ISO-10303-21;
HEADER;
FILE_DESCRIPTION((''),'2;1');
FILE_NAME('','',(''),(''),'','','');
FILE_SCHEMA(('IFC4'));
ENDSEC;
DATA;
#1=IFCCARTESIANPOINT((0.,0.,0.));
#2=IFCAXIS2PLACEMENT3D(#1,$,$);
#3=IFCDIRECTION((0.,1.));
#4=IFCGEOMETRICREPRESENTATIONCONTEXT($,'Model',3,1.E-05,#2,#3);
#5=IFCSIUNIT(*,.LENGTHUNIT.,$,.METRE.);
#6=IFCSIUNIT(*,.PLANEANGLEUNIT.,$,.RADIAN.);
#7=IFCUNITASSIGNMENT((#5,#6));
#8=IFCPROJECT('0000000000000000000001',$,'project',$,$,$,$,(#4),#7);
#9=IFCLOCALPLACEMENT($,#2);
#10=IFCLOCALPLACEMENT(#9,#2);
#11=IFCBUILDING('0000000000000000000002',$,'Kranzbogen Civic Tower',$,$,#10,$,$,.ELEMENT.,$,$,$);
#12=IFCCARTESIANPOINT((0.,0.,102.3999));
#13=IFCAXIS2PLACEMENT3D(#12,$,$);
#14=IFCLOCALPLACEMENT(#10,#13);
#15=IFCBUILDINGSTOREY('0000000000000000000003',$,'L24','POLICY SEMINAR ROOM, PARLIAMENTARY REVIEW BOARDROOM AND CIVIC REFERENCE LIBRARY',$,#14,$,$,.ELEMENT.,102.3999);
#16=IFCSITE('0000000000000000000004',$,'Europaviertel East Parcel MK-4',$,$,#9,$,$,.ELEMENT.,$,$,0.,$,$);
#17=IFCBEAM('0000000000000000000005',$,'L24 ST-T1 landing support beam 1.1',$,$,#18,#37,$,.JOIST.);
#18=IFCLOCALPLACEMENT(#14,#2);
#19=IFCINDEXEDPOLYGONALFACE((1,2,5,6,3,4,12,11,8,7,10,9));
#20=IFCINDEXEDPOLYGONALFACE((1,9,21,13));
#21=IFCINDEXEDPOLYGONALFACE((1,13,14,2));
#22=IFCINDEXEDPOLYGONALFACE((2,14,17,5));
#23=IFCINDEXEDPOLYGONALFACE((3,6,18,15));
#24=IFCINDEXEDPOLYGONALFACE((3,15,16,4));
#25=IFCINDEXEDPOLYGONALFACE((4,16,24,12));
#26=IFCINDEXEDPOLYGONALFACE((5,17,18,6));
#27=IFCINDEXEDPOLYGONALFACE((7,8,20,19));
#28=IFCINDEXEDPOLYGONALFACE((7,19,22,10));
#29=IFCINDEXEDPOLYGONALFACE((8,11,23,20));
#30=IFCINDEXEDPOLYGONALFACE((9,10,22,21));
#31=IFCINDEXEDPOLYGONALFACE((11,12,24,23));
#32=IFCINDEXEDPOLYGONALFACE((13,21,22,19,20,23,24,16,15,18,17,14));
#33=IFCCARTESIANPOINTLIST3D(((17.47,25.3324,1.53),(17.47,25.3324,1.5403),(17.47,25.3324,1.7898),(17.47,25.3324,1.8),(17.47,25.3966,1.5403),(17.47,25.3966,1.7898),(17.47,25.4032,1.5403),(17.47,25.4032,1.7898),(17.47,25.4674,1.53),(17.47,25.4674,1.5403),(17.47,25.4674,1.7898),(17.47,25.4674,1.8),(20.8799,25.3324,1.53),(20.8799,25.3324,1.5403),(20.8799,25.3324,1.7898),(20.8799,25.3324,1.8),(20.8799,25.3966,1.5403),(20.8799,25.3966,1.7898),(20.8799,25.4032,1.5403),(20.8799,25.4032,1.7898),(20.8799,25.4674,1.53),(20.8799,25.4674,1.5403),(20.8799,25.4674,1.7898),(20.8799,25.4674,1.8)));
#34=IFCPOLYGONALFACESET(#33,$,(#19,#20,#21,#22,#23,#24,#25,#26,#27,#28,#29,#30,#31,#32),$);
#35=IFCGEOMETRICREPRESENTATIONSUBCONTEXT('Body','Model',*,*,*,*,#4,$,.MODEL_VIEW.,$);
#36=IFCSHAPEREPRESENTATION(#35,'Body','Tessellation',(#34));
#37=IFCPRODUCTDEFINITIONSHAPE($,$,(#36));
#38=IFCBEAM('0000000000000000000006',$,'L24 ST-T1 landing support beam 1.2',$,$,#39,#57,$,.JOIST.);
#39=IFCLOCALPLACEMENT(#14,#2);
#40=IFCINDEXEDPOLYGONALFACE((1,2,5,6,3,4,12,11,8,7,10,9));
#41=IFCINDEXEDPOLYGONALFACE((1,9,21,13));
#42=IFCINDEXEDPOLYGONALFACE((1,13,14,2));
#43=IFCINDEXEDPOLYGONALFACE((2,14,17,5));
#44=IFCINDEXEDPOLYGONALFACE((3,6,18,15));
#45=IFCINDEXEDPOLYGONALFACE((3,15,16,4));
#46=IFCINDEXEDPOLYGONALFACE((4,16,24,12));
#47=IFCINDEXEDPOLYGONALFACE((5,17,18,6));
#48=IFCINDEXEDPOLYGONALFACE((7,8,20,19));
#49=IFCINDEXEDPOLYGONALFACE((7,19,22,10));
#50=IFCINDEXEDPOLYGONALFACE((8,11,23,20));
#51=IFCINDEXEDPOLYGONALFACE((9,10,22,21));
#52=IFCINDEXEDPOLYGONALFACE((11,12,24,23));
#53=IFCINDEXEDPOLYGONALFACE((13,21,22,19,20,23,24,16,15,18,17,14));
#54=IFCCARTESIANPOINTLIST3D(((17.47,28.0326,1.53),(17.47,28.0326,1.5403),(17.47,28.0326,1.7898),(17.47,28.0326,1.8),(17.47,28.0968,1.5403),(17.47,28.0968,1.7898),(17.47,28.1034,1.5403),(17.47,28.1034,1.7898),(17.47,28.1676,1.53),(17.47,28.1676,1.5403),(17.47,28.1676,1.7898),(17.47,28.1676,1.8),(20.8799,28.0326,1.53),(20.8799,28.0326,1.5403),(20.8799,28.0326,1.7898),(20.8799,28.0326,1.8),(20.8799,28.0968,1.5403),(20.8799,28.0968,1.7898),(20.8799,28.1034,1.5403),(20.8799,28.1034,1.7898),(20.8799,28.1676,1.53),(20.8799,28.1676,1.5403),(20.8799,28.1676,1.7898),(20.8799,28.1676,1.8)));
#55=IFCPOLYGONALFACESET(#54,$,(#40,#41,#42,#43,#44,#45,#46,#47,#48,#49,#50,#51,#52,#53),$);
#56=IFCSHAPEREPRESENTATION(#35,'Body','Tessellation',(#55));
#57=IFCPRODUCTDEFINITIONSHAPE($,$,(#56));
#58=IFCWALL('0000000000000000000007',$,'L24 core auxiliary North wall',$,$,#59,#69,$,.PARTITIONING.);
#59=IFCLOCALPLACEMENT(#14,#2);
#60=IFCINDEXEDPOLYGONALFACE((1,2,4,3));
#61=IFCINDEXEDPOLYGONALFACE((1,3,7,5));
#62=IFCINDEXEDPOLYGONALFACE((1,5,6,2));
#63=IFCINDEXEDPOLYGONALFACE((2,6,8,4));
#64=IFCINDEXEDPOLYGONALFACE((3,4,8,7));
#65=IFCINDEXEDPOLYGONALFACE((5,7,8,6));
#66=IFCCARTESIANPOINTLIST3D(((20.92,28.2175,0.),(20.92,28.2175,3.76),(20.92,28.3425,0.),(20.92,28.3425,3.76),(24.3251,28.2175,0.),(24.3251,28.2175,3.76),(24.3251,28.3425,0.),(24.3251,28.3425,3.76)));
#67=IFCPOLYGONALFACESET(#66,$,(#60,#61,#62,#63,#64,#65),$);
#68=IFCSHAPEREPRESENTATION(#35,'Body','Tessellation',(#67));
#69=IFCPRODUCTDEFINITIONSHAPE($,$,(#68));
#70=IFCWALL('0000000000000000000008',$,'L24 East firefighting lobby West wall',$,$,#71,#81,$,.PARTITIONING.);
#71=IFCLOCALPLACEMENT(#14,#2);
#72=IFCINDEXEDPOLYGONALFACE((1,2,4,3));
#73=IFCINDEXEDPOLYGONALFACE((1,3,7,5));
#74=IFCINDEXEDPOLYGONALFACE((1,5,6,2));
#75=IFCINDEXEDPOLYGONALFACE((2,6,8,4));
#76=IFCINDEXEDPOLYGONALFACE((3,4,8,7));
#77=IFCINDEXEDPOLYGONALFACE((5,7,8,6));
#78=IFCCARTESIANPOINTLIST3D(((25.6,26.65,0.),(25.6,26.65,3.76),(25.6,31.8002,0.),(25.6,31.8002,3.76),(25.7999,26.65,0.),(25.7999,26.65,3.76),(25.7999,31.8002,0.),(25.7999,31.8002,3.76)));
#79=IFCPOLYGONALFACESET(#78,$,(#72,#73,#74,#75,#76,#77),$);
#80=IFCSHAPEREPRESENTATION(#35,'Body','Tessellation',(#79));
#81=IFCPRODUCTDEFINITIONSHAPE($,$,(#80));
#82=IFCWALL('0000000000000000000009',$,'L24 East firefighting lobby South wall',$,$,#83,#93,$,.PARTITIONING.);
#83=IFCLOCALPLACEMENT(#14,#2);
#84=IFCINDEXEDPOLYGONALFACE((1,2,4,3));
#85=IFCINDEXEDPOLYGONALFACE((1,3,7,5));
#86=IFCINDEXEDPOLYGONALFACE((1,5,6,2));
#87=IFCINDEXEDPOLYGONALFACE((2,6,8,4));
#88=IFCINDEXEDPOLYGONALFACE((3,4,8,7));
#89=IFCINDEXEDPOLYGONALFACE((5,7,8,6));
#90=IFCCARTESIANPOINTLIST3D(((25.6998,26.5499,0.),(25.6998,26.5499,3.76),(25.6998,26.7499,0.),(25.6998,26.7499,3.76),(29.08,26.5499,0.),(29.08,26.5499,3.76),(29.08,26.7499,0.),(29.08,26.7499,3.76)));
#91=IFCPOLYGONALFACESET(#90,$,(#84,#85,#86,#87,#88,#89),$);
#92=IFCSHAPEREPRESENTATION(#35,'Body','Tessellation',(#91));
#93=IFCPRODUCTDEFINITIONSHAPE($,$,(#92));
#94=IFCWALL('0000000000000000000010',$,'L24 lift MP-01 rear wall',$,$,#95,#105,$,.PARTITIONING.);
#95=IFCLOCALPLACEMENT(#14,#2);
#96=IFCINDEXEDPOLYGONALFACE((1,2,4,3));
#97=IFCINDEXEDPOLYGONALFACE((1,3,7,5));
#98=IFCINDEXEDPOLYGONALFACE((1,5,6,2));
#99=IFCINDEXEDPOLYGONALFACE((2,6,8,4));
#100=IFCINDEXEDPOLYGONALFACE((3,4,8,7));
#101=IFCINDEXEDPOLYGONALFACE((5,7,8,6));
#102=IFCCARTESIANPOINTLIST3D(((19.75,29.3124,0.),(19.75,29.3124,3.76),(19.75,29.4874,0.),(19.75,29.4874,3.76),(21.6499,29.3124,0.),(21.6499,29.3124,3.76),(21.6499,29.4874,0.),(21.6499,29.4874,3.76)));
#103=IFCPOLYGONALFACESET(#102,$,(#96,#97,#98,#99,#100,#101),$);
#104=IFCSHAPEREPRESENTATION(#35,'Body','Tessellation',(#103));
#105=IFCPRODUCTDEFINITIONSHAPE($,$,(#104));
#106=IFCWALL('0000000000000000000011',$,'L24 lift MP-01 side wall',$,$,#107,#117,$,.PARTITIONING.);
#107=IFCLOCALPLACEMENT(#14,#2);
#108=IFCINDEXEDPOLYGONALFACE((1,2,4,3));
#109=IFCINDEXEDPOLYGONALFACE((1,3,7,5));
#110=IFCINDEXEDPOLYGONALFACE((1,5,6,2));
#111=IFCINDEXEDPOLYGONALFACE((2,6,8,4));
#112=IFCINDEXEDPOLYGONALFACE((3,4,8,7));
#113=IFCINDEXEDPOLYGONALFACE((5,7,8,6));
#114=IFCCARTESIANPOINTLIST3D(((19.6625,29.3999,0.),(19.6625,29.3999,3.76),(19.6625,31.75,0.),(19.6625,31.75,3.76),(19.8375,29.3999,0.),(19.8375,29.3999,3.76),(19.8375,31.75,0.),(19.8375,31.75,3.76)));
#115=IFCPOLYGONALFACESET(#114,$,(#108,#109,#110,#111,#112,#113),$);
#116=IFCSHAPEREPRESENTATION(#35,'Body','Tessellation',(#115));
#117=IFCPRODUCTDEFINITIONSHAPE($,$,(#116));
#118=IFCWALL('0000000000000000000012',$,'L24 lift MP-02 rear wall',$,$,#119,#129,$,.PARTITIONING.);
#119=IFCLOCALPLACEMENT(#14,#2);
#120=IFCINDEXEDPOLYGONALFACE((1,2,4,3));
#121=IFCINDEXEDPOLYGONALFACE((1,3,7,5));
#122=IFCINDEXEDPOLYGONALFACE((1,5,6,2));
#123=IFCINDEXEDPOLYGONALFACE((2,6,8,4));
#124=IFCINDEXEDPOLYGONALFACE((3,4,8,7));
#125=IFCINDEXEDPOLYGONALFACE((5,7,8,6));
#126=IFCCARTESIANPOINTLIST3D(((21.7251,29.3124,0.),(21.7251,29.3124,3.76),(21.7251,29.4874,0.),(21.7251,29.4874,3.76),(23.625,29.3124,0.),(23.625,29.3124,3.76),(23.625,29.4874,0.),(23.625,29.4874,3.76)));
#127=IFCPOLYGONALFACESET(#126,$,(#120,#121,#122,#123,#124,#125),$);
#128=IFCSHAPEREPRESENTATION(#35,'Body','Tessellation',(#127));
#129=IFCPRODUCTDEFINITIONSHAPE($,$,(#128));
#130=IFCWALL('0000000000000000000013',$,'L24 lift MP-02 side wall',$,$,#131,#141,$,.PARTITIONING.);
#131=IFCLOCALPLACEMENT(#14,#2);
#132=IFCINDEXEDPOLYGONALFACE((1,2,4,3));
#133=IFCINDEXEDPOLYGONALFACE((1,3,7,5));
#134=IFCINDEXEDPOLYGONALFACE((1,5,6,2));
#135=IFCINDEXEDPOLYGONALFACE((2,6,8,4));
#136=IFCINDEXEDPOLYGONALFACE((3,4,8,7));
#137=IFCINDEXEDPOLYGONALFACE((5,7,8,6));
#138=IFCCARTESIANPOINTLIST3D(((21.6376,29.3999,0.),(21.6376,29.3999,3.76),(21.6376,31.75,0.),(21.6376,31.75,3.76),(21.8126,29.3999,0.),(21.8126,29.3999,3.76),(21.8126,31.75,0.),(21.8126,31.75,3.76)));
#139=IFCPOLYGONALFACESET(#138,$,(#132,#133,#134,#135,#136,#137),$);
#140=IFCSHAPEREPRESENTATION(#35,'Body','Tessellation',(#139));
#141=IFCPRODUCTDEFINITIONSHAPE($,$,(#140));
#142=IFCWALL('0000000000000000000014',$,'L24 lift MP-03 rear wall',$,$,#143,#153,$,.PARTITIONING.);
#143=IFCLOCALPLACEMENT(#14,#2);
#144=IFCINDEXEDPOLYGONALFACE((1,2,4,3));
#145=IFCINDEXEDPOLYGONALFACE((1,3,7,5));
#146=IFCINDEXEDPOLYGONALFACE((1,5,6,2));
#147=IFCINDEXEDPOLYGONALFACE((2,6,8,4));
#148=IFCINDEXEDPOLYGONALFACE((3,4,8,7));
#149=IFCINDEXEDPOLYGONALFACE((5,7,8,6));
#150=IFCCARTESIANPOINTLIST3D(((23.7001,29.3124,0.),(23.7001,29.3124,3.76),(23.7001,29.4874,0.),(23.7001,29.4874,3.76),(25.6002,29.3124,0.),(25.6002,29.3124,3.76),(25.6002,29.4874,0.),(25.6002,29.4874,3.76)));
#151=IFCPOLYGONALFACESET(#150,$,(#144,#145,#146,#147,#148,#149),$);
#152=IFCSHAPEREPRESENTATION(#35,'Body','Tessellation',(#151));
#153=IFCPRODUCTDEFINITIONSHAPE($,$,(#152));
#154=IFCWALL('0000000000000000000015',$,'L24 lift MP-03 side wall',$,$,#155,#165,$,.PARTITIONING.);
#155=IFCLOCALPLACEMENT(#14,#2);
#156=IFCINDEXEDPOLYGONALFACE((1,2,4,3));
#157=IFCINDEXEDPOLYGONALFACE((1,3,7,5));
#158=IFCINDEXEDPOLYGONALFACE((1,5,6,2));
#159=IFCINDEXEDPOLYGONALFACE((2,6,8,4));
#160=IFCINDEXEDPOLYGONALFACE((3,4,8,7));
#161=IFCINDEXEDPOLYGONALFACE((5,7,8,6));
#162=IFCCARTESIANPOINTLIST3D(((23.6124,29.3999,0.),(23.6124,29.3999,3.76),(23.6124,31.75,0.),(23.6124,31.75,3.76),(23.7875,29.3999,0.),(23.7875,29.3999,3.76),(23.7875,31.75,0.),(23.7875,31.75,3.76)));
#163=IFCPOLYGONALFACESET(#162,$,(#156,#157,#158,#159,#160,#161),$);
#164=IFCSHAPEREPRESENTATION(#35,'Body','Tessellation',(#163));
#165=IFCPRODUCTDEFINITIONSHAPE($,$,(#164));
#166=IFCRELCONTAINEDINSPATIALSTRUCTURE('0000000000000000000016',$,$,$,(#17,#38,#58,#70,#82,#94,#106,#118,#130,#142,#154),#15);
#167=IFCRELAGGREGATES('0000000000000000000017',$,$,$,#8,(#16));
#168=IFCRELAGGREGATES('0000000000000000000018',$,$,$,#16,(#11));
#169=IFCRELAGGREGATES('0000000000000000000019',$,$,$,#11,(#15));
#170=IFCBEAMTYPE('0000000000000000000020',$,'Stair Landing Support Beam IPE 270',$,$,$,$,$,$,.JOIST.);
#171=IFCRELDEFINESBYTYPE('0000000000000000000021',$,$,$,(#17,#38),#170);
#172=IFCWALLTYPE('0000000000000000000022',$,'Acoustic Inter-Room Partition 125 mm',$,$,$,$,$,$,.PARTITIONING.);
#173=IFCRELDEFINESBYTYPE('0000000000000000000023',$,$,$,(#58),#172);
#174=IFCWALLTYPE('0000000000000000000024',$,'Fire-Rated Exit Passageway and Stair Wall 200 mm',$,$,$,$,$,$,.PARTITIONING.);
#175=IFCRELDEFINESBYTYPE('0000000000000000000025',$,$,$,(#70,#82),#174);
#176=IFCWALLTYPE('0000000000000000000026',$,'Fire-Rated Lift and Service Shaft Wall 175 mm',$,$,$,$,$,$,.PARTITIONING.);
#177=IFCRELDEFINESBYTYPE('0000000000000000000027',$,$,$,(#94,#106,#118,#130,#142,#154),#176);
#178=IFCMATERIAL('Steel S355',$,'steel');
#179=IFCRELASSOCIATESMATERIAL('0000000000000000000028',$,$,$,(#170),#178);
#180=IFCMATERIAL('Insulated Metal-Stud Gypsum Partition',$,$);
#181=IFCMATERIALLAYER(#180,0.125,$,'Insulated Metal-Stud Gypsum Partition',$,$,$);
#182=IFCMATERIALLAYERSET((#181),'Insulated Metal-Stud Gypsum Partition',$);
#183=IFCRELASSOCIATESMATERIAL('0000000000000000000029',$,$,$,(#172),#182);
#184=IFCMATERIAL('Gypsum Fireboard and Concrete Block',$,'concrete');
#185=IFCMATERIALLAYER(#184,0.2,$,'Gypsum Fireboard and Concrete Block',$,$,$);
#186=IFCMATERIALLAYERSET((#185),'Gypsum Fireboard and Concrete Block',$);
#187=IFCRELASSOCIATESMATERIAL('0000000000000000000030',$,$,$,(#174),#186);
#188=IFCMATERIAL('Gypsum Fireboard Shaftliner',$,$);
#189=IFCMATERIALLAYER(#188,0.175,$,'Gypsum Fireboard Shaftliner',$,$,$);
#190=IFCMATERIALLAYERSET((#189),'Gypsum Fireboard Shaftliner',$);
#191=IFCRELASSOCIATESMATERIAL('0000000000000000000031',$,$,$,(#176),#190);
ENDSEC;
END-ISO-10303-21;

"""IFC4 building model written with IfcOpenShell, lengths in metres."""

from ifc_helpers import new_model, si_unit, direction, frame, frame_2d, origin, origin_2d, place, context, subcontext, project, spatial, rectangle, i_section, extrude, material, layer, layer_set, material_profile, profile_set, type_object, element, save


model = new_model("IFC4")

# Units and contexts
model_context = context("Model", 3, precision=1e-05, world=origin(), true_north=direction((0.0, 1.0)))
body_context = subcontext(model_context, "Body", "Model", "MODEL_VIEW")
ifc_project = project(units=[si_unit("LENGTHUNIT", "METRE"), si_unit("PLANEANGLEUNIT", "RADIAN")], contexts=[model_context])

# Site, building, storey
site_placement = place(None, origin())
site = spatial("IfcSite", under=ifc_project, at=site_placement, Name="Europaviertel East Parcel MK-4", CompositionType="ELEMENT", RefElevation=0.0)
building_placement = place(site_placement, origin())
building = spatial("IfcBuilding", under=site, at=building_placement, Name="Kranzbogen Civic Tower", CompositionType="ELEMENT")
storey_placement = place(building_placement, frame((0.0, 0.0, 102.3999)))
storey = spatial("IfcBuildingStorey", under=building, at=storey_placement, Name="L24", Description="POLICY SEMINAR ROOM, PARLIAMENTARY REVIEW BOARDROOM AND CIVIC REFERENCE LIBRARY", CompositionType="ELEMENT", Elevation=102.3999)

# Beams
ifc_material_1 = material(Name="Steel S355", Category="steel")
ifc_material_profile = material_profile(ifc_material_1, i_section(OverallWidth=0.135, OverallDepth=0.27, WebThickness=0.0066, FlangeThickness=0.0103, at=origin_2d()), Name="IPE 270")
ifc_profile_set = profile_set([ifc_material_profile], Name="Steel S355")
beam_type = type_object("IfcBeamType", Name="Stair Landing Support Beam IPE 270", PredefinedType="JOIST", material=ifc_profile_set)
for number, where, z_axis, x_axis, name in (
    (1, (20.8799, 25.3999, 1.665), (-1.0, 0.0, 0.0), (0.0, -1.0, 0.0), "L24 ST-T1 landing support beam 1.1"),
    (2, (20.8799, 28.1001, 1.665), (-1.0, 0.0, 0.0), (0.0, -1.0, 0.0), "L24 ST-T1 landing support beam 1.2"),
):
    element("IfcBeam", number, at=place(storey_placement, frame(where, z_axis=z_axis, x_axis=x_axis)), inside=storey, type_object=beam_type, Name=name, PredefinedType="JOIST", context=body_context, shape_type="SweptSolid", body=[
        extrude(i_section(OverallWidth=0.135, OverallDepth=0.27, WebThickness=0.0066, FlangeThickness=0.0103, at=origin_2d()), origin(), (0.0, 0.0, 1.0), 3.4099),
    ])

# Walls
ifc_material_2 = material(Name="Insulated Metal-Stud Gypsum Partition")
ifc_layer_1 = layer(ifc_material_2, 0.125, Name="Insulated Metal-Stud Gypsum Partition")
ifc_layer_set_1 = layer_set([ifc_layer_1], Name="Insulated Metal-Stud Gypsum Partition")
wall_type_1 = type_object("IfcWallType", Name="Acoustic Inter-Room Partition 125 mm", PredefinedType="PARTITIONING", material=ifc_layer_set_1)
wall_1_placement = place(storey_placement, frame((20.9199, 28.28, 0.0), z_axis=(0.0, 0.0, 1.0), x_axis=(1.0, 0.0, 0.0)))
element("IfcWall", 3, at=wall_1_placement, inside=storey, type_object=wall_type_1, Name="L24 core auxiliary North wall", PredefinedType="PARTITIONING", context=body_context, shape_type="SweptSolid", body=[
    extrude(rectangle(XDim=3.405, YDim=0.125, at=frame_2d((1.7026, 0.0))), origin(), (0.0, 0.0, 1.0), 3.76),
])
ifc_material_3 = material(Name="Gypsum Fireboard and Concrete Block", Category="concrete")
ifc_layer_2 = layer(ifc_material_3, 0.2, Name="Gypsum Fireboard and Concrete Block")
ifc_layer_set_2 = layer_set([ifc_layer_2], Name="Gypsum Fireboard and Concrete Block")
wall_type_2 = type_object("IfcWallType", Name="Fire-Rated Exit Passageway and Stair Wall 200 mm", PredefinedType="PARTITIONING", material=ifc_layer_set_2)
wall_2_placement = place(storey_placement, frame((25.7, 26.6499, 0.0), z_axis=(0.0, 0.0, 1.0), x_axis=(0.0, 1.0, 0.0)))
element("IfcWall", 4, at=wall_2_placement, inside=storey, type_object=wall_type_2, Name="L24 East firefighting lobby West wall", PredefinedType="PARTITIONING", context=body_context, shape_type="SweptSolid", body=[
    extrude(rectangle(XDim=5.1501, YDim=0.2, at=frame_2d((2.5752, 0.0))), origin(), (0.0, 0.0, 1.0), 3.76),
])
wall_3_placement = place(storey_placement, frame((25.7, 26.6499, 0.0), z_axis=(0.0, 0.0, 1.0), x_axis=(1.0, 0.0, 0.0)))
element("IfcWall", 5, at=wall_3_placement, inside=storey, type_object=wall_type_2, Name="L24 East firefighting lobby South wall", PredefinedType="PARTITIONING", context=body_context, shape_type="SweptSolid", body=[
    extrude(rectangle(XDim=3.3801, YDim=0.2, at=frame_2d((1.6899, 0.0))), origin(), (0.0, 0.0, 1.0), 3.76),
])
ifc_material_4 = material(Name="Gypsum Fireboard Shaftliner")
ifc_layer_3 = layer(ifc_material_4, 0.175, Name="Gypsum Fireboard Shaftliner")
ifc_layer_set_3 = layer_set([ifc_layer_3], Name="Gypsum Fireboard Shaftliner")
wall_type_3 = type_object("IfcWallType", Name="Fire-Rated Lift and Service Shaft Wall 175 mm", PredefinedType="PARTITIONING", material=ifc_layer_set_3)
wall_4_placement = place(storey_placement, frame((19.75, 29.3999, 0.0), z_axis=(0.0, 0.0, 1.0), x_axis=(1.0, 0.0, 0.0)))
element("IfcWall", 6, at=wall_4_placement, inside=storey, type_object=wall_type_3, Name="L24 lift MP-01 rear wall", PredefinedType="PARTITIONING", context=body_context, shape_type="SweptSolid", body=[
    extrude(rectangle(XDim=1.8999, YDim=0.175, at=frame_2d((0.95, 0.0))), origin(), (0.0, 0.0, 1.0), 3.76),
])
wall_5_placement = place(storey_placement, frame((19.75, 29.3999, 0.0), z_axis=(0.0, 0.0, 1.0), x_axis=(0.0, 1.0, 0.0)))
element("IfcWall", 7, at=wall_5_placement, inside=storey, type_object=wall_type_3, Name="L24 lift MP-01 side wall", PredefinedType="PARTITIONING", context=body_context, shape_type="SweptSolid", body=[
    extrude(rectangle(XDim=2.3501, YDim=0.175, at=frame_2d((1.175, 0.0))), origin(), (0.0, 0.0, 1.0), 3.76),
])
wall_6_placement = place(storey_placement, frame((21.7251, 29.3999, 0.0), z_axis=(0.0, 0.0, 1.0), x_axis=(1.0, 0.0, 0.0)))
element("IfcWall", 8, at=wall_6_placement, inside=storey, type_object=wall_type_3, Name="L24 lift MP-02 rear wall", PredefinedType="PARTITIONING", context=body_context, shape_type="SweptSolid", body=[
    extrude(rectangle(XDim=1.8999, YDim=0.175, at=frame_2d((0.95, 0.0))), origin(), (0.0, 0.0, 1.0), 3.76),
])
wall_7_placement = place(storey_placement, frame((21.7251, 29.3999, 0.0), z_axis=(0.0, 0.0, 1.0), x_axis=(0.0, 1.0, 0.0)))
element("IfcWall", 9, at=wall_7_placement, inside=storey, type_object=wall_type_3, Name="L24 lift MP-02 side wall", PredefinedType="PARTITIONING", context=body_context, shape_type="SweptSolid", body=[
    extrude(rectangle(XDim=2.3501, YDim=0.175, at=frame_2d((1.175, 0.0))), origin(), (0.0, 0.0, 1.0), 3.76),
])
wall_8_placement = place(storey_placement, frame((23.7, 29.3999, 0.0), z_axis=(0.0, 0.0, 1.0), x_axis=(1.0, 0.0, 0.0)))
element("IfcWall", 10, at=wall_8_placement, inside=storey, type_object=wall_type_3, Name="L24 lift MP-03 rear wall", PredefinedType="PARTITIONING", context=body_context, shape_type="SweptSolid", body=[
    extrude(rectangle(XDim=1.9001, YDim=0.175, at=frame_2d((0.9502, 0.0))), origin(), (0.0, 0.0, 1.0), 3.76),
])
wall_9_placement = place(storey_placement, frame((23.7, 29.3999, 0.0), z_axis=(0.0, 0.0, 1.0), x_axis=(0.0, 1.0, 0.0)))
element("IfcWall", 11, at=wall_9_placement, inside=storey, type_object=wall_type_3, Name="L24 lift MP-03 side wall", PredefinedType="PARTITIONING", context=body_context, shape_type="SweptSolid", body=[
    extrude(rectangle(XDim=2.3501, YDim=0.175, at=frame_2d((1.175, 0.0))), origin(), (0.0, 0.0, 1.0), 3.76),
])

save(model, "model.ifc")
